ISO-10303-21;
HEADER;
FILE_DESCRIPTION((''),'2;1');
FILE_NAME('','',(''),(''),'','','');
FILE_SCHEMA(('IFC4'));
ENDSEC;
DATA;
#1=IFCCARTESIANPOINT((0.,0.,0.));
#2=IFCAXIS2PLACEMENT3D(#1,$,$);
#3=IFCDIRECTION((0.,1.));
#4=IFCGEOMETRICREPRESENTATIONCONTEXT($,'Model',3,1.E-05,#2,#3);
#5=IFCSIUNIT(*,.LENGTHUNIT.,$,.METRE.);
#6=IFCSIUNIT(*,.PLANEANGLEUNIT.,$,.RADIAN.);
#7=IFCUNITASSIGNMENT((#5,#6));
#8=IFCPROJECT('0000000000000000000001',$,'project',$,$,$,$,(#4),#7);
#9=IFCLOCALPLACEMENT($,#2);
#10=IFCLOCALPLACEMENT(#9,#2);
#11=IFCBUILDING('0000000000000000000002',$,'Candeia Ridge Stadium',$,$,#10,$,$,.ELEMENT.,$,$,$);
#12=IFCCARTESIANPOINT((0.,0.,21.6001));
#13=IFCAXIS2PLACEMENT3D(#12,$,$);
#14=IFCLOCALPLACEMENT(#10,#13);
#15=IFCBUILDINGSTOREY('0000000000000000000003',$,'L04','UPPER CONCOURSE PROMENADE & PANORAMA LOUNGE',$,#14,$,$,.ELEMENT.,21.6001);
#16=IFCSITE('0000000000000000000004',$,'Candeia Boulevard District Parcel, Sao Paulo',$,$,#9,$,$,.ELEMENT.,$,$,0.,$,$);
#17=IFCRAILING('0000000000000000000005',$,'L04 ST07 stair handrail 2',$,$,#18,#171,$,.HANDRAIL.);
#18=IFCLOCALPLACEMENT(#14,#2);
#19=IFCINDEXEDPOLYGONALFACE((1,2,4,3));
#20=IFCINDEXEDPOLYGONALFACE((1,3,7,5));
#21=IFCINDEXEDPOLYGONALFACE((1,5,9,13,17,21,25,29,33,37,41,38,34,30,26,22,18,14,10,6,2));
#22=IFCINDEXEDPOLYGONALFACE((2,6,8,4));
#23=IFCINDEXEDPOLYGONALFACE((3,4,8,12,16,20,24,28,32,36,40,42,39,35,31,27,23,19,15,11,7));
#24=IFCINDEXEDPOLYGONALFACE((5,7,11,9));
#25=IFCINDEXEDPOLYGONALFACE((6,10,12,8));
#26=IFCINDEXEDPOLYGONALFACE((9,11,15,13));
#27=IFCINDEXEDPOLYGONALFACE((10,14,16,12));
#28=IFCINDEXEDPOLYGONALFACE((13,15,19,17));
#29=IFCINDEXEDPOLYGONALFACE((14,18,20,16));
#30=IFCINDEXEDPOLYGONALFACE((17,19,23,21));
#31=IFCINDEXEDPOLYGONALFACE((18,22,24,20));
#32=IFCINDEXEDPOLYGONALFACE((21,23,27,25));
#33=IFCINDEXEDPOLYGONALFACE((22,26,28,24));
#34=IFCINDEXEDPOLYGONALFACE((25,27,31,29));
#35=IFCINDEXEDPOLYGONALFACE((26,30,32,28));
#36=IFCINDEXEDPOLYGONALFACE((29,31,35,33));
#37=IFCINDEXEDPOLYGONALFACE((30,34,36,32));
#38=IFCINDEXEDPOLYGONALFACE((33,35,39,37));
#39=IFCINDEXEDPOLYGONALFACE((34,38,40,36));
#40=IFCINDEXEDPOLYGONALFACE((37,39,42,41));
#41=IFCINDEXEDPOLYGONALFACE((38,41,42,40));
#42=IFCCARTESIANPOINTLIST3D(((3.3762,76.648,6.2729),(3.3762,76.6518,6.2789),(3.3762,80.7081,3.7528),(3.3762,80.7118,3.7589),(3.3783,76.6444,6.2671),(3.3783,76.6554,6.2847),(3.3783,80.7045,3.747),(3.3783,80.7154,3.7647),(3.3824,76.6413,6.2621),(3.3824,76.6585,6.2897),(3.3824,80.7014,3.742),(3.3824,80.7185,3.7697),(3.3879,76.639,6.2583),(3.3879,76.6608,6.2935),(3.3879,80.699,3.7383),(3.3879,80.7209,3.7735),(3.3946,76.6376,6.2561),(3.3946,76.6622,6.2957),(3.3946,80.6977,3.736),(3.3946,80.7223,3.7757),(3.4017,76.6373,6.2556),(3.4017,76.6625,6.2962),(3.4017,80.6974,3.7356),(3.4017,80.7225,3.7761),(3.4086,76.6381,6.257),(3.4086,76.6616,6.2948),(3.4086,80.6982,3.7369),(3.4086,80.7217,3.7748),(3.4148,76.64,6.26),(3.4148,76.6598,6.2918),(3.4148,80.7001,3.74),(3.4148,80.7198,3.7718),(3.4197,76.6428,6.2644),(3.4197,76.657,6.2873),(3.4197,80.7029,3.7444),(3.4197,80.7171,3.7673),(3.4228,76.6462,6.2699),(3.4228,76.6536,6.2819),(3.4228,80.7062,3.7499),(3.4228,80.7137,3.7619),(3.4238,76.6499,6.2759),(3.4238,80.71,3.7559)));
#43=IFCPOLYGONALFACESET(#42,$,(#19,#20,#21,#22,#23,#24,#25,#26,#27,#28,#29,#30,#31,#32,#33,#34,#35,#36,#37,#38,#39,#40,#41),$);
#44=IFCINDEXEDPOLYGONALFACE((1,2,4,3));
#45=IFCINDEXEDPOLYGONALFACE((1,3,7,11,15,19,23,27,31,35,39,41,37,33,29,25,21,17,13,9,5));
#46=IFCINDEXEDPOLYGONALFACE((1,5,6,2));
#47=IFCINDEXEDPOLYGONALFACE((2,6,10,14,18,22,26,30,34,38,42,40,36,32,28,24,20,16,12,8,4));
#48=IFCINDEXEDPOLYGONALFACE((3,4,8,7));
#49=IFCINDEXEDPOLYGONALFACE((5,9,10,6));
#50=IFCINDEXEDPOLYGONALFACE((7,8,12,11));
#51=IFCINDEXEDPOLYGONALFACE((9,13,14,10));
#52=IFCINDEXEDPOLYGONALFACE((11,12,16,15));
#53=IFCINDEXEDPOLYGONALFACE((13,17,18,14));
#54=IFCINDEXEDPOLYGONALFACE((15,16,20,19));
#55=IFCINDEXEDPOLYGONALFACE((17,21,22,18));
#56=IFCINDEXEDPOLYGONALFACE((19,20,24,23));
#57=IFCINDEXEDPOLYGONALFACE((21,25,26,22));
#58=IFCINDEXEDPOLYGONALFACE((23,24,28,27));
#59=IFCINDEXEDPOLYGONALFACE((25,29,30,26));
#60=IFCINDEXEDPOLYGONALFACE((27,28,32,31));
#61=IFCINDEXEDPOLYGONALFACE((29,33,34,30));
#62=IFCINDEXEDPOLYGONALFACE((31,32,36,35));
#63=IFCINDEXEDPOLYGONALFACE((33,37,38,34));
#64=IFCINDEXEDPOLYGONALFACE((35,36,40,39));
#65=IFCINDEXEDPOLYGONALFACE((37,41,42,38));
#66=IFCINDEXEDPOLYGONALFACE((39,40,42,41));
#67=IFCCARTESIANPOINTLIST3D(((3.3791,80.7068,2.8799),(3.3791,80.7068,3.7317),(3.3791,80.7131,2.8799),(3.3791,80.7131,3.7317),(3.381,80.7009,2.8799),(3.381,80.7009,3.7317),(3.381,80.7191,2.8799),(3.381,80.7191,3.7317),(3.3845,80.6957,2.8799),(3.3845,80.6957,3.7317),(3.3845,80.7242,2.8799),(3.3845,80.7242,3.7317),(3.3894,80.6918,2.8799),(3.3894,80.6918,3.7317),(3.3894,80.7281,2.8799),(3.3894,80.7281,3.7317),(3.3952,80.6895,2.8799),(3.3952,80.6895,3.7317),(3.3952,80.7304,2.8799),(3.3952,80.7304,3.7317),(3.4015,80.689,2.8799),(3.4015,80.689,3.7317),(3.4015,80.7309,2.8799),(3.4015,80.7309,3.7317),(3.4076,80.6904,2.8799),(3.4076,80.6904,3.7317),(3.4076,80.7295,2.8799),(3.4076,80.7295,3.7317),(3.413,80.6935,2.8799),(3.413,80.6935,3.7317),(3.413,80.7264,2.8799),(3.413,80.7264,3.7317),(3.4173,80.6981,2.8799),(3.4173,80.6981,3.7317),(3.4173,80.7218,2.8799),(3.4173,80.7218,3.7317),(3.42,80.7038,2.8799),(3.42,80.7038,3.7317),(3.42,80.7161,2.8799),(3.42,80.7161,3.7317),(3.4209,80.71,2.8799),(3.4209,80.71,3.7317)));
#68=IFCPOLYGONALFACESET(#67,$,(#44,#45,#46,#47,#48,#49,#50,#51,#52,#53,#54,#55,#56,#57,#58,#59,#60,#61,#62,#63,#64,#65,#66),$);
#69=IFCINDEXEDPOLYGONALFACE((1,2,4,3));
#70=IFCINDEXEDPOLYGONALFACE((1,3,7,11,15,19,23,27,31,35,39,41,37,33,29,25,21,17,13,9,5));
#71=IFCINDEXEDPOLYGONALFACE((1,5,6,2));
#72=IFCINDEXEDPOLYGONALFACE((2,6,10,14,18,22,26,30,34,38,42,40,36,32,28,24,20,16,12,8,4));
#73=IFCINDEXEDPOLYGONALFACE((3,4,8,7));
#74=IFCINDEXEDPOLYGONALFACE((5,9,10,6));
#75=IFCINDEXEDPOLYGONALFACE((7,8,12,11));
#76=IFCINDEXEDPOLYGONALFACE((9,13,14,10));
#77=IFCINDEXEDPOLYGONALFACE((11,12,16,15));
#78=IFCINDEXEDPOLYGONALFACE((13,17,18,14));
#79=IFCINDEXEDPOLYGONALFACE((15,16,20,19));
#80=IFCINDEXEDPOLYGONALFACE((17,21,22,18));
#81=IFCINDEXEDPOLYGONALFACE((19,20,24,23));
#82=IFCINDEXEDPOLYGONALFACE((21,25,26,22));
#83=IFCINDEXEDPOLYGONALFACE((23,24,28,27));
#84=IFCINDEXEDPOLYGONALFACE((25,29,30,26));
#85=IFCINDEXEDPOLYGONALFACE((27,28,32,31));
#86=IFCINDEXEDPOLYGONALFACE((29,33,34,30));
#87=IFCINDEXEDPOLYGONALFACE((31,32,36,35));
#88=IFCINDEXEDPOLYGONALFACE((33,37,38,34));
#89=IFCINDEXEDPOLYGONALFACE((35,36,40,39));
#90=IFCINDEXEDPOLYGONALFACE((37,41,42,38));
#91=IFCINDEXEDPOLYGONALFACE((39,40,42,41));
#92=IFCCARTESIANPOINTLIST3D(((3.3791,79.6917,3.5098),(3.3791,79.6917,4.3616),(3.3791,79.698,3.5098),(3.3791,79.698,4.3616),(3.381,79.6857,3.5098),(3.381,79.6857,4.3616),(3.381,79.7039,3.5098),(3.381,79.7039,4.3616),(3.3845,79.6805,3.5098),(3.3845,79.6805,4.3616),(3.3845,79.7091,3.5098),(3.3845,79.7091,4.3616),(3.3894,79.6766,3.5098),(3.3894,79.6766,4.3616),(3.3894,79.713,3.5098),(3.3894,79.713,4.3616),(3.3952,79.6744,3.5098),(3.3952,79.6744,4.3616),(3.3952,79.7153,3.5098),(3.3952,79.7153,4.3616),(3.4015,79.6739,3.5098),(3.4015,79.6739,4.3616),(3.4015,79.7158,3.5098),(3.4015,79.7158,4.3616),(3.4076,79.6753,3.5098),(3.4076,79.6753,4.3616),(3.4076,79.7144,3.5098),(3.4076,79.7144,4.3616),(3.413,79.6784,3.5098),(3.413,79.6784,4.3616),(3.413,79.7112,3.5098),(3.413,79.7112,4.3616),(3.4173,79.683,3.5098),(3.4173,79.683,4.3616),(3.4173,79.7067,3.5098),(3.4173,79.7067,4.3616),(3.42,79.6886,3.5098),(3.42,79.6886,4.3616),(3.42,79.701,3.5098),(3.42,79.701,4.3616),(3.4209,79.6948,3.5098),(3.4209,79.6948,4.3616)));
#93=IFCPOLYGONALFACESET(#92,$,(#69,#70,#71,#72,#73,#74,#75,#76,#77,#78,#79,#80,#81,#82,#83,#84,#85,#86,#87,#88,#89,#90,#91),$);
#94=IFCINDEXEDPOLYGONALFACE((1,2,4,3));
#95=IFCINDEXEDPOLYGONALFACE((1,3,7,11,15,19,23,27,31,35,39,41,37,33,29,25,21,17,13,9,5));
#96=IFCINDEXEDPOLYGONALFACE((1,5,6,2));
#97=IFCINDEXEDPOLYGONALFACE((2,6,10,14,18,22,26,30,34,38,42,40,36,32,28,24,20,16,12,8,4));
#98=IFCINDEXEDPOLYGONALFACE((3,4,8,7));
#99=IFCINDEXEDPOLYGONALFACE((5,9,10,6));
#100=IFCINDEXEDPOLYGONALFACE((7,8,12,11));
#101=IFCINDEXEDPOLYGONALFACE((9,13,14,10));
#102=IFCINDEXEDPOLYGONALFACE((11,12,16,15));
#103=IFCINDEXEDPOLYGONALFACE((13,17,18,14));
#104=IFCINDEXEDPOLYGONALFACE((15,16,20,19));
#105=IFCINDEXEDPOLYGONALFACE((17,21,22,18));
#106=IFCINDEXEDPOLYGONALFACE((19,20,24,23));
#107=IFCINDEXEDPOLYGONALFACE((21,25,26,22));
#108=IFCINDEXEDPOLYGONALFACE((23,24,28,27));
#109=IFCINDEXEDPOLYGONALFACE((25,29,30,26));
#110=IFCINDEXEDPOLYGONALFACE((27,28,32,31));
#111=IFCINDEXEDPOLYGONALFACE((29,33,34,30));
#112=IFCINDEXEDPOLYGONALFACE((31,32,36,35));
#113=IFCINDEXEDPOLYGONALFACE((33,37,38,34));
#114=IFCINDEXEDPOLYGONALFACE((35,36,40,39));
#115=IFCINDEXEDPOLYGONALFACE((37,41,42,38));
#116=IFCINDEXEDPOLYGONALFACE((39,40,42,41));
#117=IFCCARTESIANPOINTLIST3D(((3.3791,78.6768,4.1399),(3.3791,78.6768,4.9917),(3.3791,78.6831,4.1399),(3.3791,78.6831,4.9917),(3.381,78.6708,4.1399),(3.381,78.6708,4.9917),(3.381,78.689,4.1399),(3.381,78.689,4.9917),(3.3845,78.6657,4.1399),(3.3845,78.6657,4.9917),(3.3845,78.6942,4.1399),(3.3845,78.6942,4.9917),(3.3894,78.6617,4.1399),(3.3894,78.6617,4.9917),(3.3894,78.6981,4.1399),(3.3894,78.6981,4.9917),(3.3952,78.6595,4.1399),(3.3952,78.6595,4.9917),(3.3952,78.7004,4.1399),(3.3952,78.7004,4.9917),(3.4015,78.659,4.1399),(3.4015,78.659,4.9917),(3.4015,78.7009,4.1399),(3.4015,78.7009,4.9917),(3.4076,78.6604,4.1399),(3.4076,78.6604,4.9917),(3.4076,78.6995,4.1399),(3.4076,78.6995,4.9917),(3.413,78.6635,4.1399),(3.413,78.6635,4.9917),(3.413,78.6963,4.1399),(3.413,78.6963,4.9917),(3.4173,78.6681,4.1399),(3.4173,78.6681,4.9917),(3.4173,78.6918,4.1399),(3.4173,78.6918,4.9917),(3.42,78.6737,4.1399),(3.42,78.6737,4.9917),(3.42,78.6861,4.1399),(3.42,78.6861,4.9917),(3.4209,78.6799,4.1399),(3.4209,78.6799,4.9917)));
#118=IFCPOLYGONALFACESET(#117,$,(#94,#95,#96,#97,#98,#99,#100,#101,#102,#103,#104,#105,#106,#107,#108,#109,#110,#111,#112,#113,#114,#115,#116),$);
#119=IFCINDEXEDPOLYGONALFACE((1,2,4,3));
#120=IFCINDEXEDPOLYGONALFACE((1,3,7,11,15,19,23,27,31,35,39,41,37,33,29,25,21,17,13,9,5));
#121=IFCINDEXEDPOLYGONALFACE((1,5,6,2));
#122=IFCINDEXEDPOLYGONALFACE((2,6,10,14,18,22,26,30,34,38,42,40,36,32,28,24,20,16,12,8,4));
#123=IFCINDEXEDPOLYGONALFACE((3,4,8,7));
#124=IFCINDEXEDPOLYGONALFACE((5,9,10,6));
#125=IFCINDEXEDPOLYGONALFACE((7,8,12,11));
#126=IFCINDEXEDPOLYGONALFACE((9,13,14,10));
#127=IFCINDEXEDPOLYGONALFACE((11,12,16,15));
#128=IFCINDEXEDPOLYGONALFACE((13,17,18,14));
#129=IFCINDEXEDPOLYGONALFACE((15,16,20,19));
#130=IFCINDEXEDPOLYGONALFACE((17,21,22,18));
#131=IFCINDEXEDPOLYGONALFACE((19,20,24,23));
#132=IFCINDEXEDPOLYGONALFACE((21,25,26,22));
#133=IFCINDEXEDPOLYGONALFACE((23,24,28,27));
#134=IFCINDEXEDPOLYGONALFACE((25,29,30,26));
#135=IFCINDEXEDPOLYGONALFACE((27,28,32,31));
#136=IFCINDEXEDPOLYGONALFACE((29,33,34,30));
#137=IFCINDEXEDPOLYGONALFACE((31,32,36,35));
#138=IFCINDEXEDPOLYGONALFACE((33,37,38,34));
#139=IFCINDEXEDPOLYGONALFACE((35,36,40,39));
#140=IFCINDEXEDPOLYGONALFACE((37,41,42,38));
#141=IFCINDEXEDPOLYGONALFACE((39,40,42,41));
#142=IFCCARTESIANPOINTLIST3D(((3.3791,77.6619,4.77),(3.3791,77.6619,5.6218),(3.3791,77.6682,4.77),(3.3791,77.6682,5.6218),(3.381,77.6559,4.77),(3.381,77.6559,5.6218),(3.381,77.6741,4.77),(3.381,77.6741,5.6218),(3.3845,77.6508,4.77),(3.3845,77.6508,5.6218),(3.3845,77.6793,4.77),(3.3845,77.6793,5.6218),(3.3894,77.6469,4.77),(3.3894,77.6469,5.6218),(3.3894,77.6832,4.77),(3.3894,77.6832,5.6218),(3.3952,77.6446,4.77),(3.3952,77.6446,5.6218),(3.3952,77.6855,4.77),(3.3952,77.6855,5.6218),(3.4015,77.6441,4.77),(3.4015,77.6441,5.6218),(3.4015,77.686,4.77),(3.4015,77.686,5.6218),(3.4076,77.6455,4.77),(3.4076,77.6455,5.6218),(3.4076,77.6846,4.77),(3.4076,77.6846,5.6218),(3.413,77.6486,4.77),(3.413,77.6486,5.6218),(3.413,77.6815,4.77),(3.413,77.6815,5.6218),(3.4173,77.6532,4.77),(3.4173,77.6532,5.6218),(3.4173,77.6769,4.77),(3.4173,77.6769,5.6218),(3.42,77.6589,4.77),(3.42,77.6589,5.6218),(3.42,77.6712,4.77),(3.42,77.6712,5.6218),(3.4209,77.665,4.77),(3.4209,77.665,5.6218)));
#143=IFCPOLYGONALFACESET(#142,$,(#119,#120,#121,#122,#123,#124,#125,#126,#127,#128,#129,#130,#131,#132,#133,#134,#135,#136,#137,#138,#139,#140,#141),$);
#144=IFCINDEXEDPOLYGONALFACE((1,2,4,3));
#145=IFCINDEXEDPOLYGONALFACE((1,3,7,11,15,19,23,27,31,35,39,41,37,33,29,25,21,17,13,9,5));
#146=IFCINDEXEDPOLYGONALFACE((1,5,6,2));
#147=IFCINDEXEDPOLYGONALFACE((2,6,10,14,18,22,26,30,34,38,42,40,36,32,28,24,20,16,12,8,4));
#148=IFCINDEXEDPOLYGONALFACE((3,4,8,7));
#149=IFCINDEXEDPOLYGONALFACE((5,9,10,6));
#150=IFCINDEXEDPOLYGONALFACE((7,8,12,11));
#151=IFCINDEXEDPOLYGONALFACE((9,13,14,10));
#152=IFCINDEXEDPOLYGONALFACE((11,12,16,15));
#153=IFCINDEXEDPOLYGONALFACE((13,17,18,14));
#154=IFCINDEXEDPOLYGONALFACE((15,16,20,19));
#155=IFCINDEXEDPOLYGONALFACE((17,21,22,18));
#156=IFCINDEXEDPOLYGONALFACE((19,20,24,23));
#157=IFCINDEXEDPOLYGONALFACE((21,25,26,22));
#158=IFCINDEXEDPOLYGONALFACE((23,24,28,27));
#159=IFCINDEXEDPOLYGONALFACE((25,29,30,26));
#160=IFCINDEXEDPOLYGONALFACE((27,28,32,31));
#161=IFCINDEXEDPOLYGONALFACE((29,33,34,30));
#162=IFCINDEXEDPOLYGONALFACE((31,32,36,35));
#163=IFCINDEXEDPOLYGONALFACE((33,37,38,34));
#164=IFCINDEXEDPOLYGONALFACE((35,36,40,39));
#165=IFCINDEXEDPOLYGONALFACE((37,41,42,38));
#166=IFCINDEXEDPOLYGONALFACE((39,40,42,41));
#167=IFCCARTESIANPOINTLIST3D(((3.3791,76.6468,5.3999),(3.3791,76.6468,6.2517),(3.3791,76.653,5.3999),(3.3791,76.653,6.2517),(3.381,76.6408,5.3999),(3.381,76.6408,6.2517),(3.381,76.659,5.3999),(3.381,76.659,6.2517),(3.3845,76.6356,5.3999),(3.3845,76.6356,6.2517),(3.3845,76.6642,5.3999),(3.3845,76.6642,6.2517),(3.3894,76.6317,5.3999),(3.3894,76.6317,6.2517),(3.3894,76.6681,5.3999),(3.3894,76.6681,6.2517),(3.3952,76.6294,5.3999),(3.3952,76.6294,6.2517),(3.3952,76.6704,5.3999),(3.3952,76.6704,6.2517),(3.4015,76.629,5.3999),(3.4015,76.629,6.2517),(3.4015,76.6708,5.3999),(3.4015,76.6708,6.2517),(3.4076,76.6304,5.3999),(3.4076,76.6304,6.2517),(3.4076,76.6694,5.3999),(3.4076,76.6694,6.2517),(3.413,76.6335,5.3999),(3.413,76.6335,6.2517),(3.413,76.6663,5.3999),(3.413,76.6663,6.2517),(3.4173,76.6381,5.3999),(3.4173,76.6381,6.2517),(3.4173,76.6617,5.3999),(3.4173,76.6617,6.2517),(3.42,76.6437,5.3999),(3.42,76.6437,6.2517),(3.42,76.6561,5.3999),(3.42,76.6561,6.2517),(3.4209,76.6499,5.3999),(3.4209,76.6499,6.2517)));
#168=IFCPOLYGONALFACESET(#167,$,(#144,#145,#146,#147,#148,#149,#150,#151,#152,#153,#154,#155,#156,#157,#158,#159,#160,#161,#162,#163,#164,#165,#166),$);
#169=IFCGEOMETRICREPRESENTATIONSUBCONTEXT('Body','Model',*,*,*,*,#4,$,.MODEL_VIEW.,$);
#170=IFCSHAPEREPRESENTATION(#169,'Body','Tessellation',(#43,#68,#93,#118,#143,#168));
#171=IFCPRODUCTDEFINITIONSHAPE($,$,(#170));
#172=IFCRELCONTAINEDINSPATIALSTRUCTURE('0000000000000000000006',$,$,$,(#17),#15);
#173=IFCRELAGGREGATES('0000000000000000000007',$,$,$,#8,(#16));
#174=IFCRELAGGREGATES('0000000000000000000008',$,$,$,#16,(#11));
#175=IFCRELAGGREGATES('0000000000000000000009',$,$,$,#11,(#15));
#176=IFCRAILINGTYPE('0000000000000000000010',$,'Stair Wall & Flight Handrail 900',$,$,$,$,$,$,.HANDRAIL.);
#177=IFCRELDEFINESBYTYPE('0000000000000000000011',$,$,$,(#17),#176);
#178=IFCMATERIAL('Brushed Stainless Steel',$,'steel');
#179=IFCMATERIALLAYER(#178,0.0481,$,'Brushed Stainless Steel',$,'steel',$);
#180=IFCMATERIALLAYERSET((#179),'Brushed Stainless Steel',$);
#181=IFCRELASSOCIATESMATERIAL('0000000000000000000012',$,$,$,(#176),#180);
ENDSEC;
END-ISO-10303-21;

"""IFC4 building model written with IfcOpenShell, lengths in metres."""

from ifc_helpers import new_model, si_unit, direction, frame, origin, origin_2d, place, context, subcontext, project, spatial, circle, extrude, material, layer, layer_set, type_object, element, save


model = new_model("IFC4")

# Units and contexts
model_context = context("Model", 3, precision=1e-05, world=origin(), true_north=direction((0.0, 1.0)))
body_context = subcontext(model_context, "Body", "Model", "MODEL_VIEW")
ifc_project = project(units=[si_unit("LENGTHUNIT", "METRE"), si_unit("PLANEANGLEUNIT", "RADIAN")], contexts=[model_context])

# Site, building, storey
site_placement = place(None, origin())
site = spatial("IfcSite", under=ifc_project, at=site_placement, Name="Candeia Boulevard District Parcel, Sao Paulo", CompositionType="ELEMENT", RefElevation=0.0)
building_placement = place(site_placement, origin())
building = spatial("IfcBuilding", under=site, at=building_placement, Name="Candeia Ridge Stadium", CompositionType="ELEMENT")
storey_placement = place(building_placement, frame((0.0, 0.0, 21.6001)))
storey = spatial("IfcBuildingStorey", under=building, at=storey_placement, Name="L04", Description="UPPER CONCOURSE PROMENADE & PANORAMA LOUNGE", CompositionType="ELEMENT", Elevation=21.6001)

# Shared definitions
ifc_material_1 = material(Name="Brushed Stainless Steel", Category="steel")

# Railing
ifc_layer_1 = layer(ifc_material_1, 0.0481, Name="Brushed Stainless Steel", Category="steel")
ifc_layer_set_1 = layer_set([ifc_layer_1], Name="Brushed Stainless Steel")
railing_type_1 = type_object("IfcRailingType", Name="Stair Wall & Flight Handrail 900", PredefinedType="HANDRAIL", material=ifc_layer_set_1)
railing_1_placement = place(storey_placement, frame((3.3999, 80.71, 2.8799)))
element("IfcRailing", 1, at=railing_1_placement, inside=storey, type_object=railing_type_1, Name="L04 ST07 stair handrail 2", PredefinedType="HANDRAIL", context=body_context, shape_type="SweptSolid", body=[
    extrude(circle(Radius=0.0239, at=origin_2d()), frame((0.0, 0.0, 0.876), z_axis=(0.0, -0.849642, 0.52736), x_axis=(1.0, 0.0, 0.0)), (0.0, 0.0, 1.0), 4.7786),
    extrude(circle(Radius=0.021, at=origin_2d()), origin(), (0.0, 0.0, 1.0), 0.8518),
    extrude(circle(Radius=0.021, at=origin_2d()), frame((0.0, -1.0151, 0.6299)), (0.0, 0.0, 1.0), 0.8518),
    extrude(circle(Radius=0.021, at=origin_2d()), frame((0.0, -2.03, 1.26)), (0.0, 0.0, 1.0), 0.8518),
    extrude(circle(Radius=0.021, at=origin_2d()), frame((0.0, -3.0449, 1.8901)), (0.0, 0.0, 1.0), 0.8518),
    extrude(circle(Radius=0.021, at=origin_2d()), frame((0.0, -4.0601, 2.52)), (0.0, 0.0, 1.0), 0.8518),
])

save(model, "model.ifc")
